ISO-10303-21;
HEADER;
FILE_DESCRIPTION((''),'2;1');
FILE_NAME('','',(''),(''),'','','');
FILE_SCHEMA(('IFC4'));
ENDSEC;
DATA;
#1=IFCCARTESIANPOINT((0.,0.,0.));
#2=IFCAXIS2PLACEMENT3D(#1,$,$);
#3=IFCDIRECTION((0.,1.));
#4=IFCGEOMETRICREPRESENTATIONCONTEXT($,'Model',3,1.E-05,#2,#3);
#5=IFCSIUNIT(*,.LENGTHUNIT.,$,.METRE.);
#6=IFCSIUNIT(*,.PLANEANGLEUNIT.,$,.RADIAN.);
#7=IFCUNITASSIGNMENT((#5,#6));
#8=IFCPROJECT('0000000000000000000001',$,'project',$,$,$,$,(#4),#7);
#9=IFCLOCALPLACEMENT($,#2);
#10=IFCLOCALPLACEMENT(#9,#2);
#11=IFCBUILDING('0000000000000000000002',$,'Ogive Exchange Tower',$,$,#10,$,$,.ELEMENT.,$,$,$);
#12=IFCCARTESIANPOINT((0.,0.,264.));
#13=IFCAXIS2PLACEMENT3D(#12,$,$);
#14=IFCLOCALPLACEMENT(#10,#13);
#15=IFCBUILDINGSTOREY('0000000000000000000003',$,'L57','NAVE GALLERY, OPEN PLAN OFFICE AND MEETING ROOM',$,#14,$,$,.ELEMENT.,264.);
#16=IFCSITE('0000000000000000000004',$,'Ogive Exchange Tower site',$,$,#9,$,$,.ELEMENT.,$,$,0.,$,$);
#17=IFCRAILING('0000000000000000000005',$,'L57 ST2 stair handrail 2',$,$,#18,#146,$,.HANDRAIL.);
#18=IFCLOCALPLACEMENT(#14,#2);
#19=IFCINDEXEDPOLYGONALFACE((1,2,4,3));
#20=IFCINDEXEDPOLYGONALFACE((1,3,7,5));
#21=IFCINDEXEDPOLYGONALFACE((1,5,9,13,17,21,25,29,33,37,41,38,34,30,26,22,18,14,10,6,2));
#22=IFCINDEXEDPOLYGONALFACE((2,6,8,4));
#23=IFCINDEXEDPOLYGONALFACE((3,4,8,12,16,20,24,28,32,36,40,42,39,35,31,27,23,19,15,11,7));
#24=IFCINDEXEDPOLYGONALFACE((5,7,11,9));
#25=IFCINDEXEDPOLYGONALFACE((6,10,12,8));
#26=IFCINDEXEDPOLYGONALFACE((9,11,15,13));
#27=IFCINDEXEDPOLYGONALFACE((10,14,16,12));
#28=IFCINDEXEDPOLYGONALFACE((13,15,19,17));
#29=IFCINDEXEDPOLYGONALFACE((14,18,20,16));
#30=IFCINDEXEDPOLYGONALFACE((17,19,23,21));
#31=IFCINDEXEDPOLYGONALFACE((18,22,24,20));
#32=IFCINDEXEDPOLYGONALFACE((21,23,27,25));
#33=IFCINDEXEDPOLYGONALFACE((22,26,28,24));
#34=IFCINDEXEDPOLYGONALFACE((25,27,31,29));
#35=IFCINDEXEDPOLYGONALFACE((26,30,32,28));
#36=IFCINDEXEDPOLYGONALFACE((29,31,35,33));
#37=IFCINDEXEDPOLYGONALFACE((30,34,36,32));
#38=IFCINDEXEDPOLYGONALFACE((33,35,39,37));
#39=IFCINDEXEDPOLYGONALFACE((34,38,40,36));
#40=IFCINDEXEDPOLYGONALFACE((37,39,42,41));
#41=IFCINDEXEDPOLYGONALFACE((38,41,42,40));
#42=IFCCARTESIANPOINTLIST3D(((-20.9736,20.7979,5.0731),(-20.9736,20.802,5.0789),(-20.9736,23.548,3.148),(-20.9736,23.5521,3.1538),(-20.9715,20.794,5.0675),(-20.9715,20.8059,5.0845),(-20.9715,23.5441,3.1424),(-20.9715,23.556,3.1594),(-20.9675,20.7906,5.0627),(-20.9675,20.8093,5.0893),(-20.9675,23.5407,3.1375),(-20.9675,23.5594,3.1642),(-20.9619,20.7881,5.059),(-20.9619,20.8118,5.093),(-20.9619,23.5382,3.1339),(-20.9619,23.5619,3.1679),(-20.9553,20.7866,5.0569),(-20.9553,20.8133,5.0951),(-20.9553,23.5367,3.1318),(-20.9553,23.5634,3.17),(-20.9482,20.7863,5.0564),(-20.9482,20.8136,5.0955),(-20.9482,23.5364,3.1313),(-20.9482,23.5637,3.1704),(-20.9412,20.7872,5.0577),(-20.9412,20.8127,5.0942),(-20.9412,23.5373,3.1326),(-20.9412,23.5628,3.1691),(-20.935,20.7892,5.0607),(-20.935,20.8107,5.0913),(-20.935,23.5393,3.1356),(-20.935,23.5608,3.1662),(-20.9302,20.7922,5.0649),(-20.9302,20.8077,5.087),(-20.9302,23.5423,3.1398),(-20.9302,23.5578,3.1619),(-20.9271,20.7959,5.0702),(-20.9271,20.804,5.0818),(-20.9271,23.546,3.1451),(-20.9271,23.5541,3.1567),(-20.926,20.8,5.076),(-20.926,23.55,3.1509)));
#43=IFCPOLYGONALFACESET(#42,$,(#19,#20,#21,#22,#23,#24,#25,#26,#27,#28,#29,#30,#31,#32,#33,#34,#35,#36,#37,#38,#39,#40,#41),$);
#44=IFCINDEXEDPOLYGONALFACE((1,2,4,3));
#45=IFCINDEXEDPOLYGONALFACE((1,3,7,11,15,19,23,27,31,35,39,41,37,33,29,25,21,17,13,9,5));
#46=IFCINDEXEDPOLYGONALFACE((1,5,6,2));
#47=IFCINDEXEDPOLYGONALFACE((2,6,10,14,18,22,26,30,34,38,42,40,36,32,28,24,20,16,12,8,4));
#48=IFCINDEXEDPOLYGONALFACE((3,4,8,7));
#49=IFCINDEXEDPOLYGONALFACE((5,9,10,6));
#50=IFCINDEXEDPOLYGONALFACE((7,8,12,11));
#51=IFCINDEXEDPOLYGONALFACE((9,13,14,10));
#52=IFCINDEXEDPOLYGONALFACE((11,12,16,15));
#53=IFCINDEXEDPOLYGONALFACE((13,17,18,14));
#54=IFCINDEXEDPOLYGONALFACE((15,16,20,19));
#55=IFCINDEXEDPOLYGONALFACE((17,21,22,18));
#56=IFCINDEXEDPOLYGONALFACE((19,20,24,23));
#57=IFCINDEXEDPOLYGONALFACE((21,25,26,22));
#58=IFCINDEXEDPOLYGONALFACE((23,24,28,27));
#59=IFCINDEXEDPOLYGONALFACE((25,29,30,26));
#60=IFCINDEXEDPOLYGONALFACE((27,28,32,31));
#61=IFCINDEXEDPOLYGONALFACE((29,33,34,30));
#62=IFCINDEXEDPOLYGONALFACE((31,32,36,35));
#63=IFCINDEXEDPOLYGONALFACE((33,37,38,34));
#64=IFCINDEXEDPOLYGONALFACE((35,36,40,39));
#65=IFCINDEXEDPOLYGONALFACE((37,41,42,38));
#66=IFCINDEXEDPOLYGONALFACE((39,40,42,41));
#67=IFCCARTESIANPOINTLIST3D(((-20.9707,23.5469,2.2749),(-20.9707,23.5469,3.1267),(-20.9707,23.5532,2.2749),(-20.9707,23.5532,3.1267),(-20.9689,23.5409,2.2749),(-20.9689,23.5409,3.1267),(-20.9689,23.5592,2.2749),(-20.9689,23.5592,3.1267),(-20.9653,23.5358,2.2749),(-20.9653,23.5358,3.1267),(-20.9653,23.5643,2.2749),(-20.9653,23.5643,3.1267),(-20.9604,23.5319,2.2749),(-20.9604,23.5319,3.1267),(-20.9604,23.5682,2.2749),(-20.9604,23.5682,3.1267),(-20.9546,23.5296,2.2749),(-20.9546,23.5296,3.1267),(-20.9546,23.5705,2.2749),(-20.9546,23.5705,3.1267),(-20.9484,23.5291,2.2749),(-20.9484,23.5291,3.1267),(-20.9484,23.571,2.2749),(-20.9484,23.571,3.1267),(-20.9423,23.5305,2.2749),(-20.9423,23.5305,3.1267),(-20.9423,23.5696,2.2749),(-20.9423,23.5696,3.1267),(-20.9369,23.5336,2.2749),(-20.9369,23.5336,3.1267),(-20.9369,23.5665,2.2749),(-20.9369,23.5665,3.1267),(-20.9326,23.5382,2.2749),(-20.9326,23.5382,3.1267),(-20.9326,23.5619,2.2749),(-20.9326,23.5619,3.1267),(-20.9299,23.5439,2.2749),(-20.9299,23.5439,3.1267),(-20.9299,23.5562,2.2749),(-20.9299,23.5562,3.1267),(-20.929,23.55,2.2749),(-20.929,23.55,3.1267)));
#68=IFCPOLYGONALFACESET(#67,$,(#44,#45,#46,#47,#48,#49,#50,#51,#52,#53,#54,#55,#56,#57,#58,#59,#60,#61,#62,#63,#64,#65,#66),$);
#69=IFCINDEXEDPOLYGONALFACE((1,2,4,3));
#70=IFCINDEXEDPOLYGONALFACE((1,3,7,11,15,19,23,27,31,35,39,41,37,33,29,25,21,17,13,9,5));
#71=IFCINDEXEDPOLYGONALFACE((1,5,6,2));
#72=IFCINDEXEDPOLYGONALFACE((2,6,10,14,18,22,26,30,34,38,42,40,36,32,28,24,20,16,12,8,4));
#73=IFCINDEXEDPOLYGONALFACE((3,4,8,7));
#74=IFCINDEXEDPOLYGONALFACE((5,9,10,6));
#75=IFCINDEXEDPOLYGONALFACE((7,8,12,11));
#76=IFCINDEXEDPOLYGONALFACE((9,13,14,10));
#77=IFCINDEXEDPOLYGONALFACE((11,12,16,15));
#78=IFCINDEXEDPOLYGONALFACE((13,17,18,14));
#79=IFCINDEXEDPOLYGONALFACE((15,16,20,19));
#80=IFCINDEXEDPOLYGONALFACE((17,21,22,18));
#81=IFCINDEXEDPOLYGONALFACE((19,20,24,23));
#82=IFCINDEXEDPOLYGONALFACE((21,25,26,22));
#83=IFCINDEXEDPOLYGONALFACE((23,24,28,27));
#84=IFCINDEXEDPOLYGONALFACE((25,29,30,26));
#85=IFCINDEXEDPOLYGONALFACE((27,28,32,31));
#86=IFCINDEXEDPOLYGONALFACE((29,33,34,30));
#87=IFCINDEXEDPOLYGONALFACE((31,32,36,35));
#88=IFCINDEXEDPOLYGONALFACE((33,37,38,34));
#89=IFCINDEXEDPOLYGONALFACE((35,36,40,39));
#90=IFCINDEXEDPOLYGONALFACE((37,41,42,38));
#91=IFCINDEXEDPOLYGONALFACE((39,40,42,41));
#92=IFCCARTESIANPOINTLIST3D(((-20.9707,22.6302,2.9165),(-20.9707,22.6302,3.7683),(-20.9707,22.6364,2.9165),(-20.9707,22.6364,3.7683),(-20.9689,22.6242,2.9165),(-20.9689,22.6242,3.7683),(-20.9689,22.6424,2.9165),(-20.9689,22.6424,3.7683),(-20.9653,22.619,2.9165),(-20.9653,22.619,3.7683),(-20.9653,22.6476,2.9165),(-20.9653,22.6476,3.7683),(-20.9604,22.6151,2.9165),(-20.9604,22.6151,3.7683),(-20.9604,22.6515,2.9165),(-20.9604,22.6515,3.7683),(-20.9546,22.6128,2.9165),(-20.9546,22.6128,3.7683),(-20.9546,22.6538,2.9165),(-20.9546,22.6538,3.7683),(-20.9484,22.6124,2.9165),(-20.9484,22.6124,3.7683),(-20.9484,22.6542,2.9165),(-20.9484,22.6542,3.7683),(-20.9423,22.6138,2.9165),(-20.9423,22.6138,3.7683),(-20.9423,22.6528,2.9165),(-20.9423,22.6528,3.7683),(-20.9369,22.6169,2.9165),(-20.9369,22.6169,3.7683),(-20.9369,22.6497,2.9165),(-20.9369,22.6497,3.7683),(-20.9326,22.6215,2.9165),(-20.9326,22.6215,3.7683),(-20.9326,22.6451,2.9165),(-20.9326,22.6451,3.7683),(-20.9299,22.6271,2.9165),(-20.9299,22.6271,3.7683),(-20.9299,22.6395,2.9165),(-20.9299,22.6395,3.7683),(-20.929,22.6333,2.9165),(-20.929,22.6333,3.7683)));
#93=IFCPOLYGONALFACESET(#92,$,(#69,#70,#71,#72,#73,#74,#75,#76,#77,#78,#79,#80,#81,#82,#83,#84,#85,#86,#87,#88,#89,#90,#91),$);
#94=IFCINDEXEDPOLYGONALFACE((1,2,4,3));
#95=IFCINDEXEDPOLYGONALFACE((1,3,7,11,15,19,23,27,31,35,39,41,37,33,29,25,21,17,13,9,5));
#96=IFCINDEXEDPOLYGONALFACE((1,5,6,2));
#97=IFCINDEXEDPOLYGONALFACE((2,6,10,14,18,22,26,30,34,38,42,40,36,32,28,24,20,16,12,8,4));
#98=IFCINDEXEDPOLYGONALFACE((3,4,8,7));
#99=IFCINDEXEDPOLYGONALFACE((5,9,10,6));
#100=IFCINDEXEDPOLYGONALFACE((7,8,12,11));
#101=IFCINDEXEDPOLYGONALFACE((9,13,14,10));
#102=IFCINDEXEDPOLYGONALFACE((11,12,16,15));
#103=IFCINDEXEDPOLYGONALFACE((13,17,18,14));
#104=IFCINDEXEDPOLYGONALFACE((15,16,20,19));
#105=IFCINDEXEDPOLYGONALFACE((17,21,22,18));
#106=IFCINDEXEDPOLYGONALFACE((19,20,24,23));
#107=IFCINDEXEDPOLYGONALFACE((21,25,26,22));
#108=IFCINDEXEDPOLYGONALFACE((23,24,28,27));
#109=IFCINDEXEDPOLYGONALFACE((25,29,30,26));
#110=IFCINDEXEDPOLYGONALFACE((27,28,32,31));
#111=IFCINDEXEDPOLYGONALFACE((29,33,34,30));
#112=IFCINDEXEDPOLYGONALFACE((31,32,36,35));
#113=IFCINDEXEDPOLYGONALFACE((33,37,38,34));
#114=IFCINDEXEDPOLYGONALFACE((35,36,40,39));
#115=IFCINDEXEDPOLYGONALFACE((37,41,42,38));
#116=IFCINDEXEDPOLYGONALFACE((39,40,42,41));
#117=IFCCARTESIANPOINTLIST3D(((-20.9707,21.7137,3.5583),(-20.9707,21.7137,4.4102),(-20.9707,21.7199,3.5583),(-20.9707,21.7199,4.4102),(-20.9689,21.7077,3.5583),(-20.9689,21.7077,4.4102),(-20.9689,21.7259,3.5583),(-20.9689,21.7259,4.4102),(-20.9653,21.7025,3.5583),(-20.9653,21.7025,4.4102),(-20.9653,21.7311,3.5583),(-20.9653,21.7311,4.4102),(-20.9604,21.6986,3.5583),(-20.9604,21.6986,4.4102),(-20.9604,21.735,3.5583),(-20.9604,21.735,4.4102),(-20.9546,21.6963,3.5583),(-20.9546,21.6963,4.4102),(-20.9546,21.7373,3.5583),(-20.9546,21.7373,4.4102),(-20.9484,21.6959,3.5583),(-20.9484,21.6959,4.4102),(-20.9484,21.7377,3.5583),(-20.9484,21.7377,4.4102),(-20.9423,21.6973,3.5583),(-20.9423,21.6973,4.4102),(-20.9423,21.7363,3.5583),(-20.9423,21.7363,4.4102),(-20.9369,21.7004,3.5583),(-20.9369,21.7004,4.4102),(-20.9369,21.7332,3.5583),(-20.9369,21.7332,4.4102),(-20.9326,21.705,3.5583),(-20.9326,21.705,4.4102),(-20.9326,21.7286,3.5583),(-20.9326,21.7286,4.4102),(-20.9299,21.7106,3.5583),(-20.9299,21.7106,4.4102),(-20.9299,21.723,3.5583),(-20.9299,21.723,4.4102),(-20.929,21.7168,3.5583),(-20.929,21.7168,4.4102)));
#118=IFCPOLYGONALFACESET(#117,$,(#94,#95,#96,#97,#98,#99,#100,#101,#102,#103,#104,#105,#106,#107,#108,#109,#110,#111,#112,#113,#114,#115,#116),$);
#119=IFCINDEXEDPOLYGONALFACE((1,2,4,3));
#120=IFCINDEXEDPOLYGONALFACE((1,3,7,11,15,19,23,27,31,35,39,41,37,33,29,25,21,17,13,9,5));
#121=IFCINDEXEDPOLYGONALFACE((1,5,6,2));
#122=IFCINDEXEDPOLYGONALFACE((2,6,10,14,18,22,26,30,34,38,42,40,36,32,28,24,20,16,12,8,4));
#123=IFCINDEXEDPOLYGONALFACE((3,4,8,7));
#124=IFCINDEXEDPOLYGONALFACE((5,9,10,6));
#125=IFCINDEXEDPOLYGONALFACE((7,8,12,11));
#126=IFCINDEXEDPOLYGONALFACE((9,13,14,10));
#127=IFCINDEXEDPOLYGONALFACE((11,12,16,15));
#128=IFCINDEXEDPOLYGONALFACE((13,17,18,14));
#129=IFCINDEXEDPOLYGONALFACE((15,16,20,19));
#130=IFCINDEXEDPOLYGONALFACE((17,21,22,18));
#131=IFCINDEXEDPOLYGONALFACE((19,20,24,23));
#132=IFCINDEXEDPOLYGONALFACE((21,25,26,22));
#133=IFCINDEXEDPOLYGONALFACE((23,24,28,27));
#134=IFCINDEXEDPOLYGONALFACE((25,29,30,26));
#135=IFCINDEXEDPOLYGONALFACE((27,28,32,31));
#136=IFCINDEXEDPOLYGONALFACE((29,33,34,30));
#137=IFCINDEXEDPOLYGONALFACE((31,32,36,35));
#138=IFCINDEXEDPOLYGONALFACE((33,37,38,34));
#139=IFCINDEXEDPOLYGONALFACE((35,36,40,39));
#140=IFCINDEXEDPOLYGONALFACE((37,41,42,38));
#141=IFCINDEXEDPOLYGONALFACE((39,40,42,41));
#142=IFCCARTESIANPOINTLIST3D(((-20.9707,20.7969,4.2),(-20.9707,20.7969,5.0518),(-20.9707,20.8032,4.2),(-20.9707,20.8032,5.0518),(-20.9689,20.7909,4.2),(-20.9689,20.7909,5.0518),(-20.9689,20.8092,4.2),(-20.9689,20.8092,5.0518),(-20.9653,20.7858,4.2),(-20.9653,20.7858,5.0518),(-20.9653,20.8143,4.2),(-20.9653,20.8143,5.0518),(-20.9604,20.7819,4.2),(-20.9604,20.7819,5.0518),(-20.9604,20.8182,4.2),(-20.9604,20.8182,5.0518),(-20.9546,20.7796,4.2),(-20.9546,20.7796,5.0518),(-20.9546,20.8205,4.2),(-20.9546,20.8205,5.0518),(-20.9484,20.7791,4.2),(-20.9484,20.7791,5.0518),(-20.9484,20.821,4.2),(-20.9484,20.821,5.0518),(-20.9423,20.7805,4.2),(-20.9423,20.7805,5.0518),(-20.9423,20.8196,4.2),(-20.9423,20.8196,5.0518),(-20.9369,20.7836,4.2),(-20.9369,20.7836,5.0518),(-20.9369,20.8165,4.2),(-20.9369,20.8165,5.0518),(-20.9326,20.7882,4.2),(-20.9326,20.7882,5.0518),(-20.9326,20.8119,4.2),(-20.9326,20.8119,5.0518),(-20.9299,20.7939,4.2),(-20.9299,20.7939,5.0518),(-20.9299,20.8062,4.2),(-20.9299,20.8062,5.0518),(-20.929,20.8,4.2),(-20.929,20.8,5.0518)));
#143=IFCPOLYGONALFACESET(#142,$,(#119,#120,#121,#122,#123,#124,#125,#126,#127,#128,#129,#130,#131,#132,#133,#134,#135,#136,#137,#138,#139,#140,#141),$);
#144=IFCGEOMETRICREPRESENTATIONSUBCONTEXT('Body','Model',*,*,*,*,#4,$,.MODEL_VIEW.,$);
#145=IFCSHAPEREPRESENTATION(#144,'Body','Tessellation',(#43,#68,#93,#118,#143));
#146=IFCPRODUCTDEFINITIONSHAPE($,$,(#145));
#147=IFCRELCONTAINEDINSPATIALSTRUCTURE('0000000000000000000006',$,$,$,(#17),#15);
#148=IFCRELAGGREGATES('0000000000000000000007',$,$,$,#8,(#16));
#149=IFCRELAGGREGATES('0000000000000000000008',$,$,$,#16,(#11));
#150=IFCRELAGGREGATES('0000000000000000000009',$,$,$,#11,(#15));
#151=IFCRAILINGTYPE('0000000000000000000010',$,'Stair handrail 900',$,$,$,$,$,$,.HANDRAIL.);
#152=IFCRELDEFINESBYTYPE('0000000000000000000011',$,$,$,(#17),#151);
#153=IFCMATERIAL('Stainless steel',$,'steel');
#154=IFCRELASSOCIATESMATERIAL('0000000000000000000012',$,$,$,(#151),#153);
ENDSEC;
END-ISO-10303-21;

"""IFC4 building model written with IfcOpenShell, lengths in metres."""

from ifc_helpers import new_model, si_unit, direction, frame, origin, origin_2d, place, context, subcontext, project, spatial, circle, extrude, material, type_object, element, save


model = new_model("IFC4")

# Units and contexts
model_context = context("Model", 3, precision=1e-05, world=origin(), true_north=direction((0.0, 1.0)))
body_context = subcontext(model_context, "Body", "Model", "MODEL_VIEW")
ifc_project = project(units=[si_unit("LENGTHUNIT", "METRE"), si_unit("PLANEANGLEUNIT", "RADIAN")], contexts=[model_context])

# Site, building, storey
site_placement = place(None, origin())
site = spatial("IfcSite", under=ifc_project, at=site_placement, Name="Ogive Exchange Tower site", CompositionType="ELEMENT", RefElevation=0.0)
building_placement = place(site_placement, origin())
building = spatial("IfcBuilding", under=site, at=building_placement, Name="Ogive Exchange Tower", CompositionType="ELEMENT")
storey_placement = place(building_placement, frame((0.0, 0.0, 264.0)))
storey = spatial("IfcBuildingStorey", under=building, at=storey_placement, Name="L57", Description="NAVE GALLERY, OPEN PLAN OFFICE AND MEETING ROOM", CompositionType="ELEMENT", Elevation=264.0)

# Railing
ifc_material_1 = material(Name="Stainless steel", Category="steel")
railing_type = type_object("IfcRailingType", Name="Stair handrail 900", PredefinedType="HANDRAIL", material=ifc_material_1)
railing_placement = place(storey_placement, frame((-20.95, 23.55, 2.2749)))
element("IfcRailing", 1, at=railing_placement, inside=storey, type_object=railing_type, Name="L57 ST2 stair handrail 2", PredefinedType="HANDRAIL", context=body_context, shape_type="SweptSolid", body=[
    extrude(circle(Radius=0.0239, at=origin_2d()), frame((0.0, 0.0, 0.876), z_axis=(0.0, -0.819225, 0.573472), x_axis=(1.0, 0.0, 0.0)), (0.0, 0.0, 1.0), 3.3569),
    extrude(circle(Radius=0.021, at=origin_2d()), origin(), (0.0, 0.0, 1.0), 0.8518),
    extrude(circle(Radius=0.021, at=origin_2d()), frame((0.0, -0.9167, 0.6416)), (0.0, 0.0, 1.0), 0.8518),
    extrude(circle(Radius=0.021, at=origin_2d()), frame((0.0, -1.8333, 1.2834)), (0.0, 0.0, 1.0), 0.8518),
    extrude(circle(Radius=0.021, at=origin_2d()), frame((0.0, -2.75, 1.925)), (0.0, 0.0, 1.0), 0.8518),
])

save(model, "model.ifc")
